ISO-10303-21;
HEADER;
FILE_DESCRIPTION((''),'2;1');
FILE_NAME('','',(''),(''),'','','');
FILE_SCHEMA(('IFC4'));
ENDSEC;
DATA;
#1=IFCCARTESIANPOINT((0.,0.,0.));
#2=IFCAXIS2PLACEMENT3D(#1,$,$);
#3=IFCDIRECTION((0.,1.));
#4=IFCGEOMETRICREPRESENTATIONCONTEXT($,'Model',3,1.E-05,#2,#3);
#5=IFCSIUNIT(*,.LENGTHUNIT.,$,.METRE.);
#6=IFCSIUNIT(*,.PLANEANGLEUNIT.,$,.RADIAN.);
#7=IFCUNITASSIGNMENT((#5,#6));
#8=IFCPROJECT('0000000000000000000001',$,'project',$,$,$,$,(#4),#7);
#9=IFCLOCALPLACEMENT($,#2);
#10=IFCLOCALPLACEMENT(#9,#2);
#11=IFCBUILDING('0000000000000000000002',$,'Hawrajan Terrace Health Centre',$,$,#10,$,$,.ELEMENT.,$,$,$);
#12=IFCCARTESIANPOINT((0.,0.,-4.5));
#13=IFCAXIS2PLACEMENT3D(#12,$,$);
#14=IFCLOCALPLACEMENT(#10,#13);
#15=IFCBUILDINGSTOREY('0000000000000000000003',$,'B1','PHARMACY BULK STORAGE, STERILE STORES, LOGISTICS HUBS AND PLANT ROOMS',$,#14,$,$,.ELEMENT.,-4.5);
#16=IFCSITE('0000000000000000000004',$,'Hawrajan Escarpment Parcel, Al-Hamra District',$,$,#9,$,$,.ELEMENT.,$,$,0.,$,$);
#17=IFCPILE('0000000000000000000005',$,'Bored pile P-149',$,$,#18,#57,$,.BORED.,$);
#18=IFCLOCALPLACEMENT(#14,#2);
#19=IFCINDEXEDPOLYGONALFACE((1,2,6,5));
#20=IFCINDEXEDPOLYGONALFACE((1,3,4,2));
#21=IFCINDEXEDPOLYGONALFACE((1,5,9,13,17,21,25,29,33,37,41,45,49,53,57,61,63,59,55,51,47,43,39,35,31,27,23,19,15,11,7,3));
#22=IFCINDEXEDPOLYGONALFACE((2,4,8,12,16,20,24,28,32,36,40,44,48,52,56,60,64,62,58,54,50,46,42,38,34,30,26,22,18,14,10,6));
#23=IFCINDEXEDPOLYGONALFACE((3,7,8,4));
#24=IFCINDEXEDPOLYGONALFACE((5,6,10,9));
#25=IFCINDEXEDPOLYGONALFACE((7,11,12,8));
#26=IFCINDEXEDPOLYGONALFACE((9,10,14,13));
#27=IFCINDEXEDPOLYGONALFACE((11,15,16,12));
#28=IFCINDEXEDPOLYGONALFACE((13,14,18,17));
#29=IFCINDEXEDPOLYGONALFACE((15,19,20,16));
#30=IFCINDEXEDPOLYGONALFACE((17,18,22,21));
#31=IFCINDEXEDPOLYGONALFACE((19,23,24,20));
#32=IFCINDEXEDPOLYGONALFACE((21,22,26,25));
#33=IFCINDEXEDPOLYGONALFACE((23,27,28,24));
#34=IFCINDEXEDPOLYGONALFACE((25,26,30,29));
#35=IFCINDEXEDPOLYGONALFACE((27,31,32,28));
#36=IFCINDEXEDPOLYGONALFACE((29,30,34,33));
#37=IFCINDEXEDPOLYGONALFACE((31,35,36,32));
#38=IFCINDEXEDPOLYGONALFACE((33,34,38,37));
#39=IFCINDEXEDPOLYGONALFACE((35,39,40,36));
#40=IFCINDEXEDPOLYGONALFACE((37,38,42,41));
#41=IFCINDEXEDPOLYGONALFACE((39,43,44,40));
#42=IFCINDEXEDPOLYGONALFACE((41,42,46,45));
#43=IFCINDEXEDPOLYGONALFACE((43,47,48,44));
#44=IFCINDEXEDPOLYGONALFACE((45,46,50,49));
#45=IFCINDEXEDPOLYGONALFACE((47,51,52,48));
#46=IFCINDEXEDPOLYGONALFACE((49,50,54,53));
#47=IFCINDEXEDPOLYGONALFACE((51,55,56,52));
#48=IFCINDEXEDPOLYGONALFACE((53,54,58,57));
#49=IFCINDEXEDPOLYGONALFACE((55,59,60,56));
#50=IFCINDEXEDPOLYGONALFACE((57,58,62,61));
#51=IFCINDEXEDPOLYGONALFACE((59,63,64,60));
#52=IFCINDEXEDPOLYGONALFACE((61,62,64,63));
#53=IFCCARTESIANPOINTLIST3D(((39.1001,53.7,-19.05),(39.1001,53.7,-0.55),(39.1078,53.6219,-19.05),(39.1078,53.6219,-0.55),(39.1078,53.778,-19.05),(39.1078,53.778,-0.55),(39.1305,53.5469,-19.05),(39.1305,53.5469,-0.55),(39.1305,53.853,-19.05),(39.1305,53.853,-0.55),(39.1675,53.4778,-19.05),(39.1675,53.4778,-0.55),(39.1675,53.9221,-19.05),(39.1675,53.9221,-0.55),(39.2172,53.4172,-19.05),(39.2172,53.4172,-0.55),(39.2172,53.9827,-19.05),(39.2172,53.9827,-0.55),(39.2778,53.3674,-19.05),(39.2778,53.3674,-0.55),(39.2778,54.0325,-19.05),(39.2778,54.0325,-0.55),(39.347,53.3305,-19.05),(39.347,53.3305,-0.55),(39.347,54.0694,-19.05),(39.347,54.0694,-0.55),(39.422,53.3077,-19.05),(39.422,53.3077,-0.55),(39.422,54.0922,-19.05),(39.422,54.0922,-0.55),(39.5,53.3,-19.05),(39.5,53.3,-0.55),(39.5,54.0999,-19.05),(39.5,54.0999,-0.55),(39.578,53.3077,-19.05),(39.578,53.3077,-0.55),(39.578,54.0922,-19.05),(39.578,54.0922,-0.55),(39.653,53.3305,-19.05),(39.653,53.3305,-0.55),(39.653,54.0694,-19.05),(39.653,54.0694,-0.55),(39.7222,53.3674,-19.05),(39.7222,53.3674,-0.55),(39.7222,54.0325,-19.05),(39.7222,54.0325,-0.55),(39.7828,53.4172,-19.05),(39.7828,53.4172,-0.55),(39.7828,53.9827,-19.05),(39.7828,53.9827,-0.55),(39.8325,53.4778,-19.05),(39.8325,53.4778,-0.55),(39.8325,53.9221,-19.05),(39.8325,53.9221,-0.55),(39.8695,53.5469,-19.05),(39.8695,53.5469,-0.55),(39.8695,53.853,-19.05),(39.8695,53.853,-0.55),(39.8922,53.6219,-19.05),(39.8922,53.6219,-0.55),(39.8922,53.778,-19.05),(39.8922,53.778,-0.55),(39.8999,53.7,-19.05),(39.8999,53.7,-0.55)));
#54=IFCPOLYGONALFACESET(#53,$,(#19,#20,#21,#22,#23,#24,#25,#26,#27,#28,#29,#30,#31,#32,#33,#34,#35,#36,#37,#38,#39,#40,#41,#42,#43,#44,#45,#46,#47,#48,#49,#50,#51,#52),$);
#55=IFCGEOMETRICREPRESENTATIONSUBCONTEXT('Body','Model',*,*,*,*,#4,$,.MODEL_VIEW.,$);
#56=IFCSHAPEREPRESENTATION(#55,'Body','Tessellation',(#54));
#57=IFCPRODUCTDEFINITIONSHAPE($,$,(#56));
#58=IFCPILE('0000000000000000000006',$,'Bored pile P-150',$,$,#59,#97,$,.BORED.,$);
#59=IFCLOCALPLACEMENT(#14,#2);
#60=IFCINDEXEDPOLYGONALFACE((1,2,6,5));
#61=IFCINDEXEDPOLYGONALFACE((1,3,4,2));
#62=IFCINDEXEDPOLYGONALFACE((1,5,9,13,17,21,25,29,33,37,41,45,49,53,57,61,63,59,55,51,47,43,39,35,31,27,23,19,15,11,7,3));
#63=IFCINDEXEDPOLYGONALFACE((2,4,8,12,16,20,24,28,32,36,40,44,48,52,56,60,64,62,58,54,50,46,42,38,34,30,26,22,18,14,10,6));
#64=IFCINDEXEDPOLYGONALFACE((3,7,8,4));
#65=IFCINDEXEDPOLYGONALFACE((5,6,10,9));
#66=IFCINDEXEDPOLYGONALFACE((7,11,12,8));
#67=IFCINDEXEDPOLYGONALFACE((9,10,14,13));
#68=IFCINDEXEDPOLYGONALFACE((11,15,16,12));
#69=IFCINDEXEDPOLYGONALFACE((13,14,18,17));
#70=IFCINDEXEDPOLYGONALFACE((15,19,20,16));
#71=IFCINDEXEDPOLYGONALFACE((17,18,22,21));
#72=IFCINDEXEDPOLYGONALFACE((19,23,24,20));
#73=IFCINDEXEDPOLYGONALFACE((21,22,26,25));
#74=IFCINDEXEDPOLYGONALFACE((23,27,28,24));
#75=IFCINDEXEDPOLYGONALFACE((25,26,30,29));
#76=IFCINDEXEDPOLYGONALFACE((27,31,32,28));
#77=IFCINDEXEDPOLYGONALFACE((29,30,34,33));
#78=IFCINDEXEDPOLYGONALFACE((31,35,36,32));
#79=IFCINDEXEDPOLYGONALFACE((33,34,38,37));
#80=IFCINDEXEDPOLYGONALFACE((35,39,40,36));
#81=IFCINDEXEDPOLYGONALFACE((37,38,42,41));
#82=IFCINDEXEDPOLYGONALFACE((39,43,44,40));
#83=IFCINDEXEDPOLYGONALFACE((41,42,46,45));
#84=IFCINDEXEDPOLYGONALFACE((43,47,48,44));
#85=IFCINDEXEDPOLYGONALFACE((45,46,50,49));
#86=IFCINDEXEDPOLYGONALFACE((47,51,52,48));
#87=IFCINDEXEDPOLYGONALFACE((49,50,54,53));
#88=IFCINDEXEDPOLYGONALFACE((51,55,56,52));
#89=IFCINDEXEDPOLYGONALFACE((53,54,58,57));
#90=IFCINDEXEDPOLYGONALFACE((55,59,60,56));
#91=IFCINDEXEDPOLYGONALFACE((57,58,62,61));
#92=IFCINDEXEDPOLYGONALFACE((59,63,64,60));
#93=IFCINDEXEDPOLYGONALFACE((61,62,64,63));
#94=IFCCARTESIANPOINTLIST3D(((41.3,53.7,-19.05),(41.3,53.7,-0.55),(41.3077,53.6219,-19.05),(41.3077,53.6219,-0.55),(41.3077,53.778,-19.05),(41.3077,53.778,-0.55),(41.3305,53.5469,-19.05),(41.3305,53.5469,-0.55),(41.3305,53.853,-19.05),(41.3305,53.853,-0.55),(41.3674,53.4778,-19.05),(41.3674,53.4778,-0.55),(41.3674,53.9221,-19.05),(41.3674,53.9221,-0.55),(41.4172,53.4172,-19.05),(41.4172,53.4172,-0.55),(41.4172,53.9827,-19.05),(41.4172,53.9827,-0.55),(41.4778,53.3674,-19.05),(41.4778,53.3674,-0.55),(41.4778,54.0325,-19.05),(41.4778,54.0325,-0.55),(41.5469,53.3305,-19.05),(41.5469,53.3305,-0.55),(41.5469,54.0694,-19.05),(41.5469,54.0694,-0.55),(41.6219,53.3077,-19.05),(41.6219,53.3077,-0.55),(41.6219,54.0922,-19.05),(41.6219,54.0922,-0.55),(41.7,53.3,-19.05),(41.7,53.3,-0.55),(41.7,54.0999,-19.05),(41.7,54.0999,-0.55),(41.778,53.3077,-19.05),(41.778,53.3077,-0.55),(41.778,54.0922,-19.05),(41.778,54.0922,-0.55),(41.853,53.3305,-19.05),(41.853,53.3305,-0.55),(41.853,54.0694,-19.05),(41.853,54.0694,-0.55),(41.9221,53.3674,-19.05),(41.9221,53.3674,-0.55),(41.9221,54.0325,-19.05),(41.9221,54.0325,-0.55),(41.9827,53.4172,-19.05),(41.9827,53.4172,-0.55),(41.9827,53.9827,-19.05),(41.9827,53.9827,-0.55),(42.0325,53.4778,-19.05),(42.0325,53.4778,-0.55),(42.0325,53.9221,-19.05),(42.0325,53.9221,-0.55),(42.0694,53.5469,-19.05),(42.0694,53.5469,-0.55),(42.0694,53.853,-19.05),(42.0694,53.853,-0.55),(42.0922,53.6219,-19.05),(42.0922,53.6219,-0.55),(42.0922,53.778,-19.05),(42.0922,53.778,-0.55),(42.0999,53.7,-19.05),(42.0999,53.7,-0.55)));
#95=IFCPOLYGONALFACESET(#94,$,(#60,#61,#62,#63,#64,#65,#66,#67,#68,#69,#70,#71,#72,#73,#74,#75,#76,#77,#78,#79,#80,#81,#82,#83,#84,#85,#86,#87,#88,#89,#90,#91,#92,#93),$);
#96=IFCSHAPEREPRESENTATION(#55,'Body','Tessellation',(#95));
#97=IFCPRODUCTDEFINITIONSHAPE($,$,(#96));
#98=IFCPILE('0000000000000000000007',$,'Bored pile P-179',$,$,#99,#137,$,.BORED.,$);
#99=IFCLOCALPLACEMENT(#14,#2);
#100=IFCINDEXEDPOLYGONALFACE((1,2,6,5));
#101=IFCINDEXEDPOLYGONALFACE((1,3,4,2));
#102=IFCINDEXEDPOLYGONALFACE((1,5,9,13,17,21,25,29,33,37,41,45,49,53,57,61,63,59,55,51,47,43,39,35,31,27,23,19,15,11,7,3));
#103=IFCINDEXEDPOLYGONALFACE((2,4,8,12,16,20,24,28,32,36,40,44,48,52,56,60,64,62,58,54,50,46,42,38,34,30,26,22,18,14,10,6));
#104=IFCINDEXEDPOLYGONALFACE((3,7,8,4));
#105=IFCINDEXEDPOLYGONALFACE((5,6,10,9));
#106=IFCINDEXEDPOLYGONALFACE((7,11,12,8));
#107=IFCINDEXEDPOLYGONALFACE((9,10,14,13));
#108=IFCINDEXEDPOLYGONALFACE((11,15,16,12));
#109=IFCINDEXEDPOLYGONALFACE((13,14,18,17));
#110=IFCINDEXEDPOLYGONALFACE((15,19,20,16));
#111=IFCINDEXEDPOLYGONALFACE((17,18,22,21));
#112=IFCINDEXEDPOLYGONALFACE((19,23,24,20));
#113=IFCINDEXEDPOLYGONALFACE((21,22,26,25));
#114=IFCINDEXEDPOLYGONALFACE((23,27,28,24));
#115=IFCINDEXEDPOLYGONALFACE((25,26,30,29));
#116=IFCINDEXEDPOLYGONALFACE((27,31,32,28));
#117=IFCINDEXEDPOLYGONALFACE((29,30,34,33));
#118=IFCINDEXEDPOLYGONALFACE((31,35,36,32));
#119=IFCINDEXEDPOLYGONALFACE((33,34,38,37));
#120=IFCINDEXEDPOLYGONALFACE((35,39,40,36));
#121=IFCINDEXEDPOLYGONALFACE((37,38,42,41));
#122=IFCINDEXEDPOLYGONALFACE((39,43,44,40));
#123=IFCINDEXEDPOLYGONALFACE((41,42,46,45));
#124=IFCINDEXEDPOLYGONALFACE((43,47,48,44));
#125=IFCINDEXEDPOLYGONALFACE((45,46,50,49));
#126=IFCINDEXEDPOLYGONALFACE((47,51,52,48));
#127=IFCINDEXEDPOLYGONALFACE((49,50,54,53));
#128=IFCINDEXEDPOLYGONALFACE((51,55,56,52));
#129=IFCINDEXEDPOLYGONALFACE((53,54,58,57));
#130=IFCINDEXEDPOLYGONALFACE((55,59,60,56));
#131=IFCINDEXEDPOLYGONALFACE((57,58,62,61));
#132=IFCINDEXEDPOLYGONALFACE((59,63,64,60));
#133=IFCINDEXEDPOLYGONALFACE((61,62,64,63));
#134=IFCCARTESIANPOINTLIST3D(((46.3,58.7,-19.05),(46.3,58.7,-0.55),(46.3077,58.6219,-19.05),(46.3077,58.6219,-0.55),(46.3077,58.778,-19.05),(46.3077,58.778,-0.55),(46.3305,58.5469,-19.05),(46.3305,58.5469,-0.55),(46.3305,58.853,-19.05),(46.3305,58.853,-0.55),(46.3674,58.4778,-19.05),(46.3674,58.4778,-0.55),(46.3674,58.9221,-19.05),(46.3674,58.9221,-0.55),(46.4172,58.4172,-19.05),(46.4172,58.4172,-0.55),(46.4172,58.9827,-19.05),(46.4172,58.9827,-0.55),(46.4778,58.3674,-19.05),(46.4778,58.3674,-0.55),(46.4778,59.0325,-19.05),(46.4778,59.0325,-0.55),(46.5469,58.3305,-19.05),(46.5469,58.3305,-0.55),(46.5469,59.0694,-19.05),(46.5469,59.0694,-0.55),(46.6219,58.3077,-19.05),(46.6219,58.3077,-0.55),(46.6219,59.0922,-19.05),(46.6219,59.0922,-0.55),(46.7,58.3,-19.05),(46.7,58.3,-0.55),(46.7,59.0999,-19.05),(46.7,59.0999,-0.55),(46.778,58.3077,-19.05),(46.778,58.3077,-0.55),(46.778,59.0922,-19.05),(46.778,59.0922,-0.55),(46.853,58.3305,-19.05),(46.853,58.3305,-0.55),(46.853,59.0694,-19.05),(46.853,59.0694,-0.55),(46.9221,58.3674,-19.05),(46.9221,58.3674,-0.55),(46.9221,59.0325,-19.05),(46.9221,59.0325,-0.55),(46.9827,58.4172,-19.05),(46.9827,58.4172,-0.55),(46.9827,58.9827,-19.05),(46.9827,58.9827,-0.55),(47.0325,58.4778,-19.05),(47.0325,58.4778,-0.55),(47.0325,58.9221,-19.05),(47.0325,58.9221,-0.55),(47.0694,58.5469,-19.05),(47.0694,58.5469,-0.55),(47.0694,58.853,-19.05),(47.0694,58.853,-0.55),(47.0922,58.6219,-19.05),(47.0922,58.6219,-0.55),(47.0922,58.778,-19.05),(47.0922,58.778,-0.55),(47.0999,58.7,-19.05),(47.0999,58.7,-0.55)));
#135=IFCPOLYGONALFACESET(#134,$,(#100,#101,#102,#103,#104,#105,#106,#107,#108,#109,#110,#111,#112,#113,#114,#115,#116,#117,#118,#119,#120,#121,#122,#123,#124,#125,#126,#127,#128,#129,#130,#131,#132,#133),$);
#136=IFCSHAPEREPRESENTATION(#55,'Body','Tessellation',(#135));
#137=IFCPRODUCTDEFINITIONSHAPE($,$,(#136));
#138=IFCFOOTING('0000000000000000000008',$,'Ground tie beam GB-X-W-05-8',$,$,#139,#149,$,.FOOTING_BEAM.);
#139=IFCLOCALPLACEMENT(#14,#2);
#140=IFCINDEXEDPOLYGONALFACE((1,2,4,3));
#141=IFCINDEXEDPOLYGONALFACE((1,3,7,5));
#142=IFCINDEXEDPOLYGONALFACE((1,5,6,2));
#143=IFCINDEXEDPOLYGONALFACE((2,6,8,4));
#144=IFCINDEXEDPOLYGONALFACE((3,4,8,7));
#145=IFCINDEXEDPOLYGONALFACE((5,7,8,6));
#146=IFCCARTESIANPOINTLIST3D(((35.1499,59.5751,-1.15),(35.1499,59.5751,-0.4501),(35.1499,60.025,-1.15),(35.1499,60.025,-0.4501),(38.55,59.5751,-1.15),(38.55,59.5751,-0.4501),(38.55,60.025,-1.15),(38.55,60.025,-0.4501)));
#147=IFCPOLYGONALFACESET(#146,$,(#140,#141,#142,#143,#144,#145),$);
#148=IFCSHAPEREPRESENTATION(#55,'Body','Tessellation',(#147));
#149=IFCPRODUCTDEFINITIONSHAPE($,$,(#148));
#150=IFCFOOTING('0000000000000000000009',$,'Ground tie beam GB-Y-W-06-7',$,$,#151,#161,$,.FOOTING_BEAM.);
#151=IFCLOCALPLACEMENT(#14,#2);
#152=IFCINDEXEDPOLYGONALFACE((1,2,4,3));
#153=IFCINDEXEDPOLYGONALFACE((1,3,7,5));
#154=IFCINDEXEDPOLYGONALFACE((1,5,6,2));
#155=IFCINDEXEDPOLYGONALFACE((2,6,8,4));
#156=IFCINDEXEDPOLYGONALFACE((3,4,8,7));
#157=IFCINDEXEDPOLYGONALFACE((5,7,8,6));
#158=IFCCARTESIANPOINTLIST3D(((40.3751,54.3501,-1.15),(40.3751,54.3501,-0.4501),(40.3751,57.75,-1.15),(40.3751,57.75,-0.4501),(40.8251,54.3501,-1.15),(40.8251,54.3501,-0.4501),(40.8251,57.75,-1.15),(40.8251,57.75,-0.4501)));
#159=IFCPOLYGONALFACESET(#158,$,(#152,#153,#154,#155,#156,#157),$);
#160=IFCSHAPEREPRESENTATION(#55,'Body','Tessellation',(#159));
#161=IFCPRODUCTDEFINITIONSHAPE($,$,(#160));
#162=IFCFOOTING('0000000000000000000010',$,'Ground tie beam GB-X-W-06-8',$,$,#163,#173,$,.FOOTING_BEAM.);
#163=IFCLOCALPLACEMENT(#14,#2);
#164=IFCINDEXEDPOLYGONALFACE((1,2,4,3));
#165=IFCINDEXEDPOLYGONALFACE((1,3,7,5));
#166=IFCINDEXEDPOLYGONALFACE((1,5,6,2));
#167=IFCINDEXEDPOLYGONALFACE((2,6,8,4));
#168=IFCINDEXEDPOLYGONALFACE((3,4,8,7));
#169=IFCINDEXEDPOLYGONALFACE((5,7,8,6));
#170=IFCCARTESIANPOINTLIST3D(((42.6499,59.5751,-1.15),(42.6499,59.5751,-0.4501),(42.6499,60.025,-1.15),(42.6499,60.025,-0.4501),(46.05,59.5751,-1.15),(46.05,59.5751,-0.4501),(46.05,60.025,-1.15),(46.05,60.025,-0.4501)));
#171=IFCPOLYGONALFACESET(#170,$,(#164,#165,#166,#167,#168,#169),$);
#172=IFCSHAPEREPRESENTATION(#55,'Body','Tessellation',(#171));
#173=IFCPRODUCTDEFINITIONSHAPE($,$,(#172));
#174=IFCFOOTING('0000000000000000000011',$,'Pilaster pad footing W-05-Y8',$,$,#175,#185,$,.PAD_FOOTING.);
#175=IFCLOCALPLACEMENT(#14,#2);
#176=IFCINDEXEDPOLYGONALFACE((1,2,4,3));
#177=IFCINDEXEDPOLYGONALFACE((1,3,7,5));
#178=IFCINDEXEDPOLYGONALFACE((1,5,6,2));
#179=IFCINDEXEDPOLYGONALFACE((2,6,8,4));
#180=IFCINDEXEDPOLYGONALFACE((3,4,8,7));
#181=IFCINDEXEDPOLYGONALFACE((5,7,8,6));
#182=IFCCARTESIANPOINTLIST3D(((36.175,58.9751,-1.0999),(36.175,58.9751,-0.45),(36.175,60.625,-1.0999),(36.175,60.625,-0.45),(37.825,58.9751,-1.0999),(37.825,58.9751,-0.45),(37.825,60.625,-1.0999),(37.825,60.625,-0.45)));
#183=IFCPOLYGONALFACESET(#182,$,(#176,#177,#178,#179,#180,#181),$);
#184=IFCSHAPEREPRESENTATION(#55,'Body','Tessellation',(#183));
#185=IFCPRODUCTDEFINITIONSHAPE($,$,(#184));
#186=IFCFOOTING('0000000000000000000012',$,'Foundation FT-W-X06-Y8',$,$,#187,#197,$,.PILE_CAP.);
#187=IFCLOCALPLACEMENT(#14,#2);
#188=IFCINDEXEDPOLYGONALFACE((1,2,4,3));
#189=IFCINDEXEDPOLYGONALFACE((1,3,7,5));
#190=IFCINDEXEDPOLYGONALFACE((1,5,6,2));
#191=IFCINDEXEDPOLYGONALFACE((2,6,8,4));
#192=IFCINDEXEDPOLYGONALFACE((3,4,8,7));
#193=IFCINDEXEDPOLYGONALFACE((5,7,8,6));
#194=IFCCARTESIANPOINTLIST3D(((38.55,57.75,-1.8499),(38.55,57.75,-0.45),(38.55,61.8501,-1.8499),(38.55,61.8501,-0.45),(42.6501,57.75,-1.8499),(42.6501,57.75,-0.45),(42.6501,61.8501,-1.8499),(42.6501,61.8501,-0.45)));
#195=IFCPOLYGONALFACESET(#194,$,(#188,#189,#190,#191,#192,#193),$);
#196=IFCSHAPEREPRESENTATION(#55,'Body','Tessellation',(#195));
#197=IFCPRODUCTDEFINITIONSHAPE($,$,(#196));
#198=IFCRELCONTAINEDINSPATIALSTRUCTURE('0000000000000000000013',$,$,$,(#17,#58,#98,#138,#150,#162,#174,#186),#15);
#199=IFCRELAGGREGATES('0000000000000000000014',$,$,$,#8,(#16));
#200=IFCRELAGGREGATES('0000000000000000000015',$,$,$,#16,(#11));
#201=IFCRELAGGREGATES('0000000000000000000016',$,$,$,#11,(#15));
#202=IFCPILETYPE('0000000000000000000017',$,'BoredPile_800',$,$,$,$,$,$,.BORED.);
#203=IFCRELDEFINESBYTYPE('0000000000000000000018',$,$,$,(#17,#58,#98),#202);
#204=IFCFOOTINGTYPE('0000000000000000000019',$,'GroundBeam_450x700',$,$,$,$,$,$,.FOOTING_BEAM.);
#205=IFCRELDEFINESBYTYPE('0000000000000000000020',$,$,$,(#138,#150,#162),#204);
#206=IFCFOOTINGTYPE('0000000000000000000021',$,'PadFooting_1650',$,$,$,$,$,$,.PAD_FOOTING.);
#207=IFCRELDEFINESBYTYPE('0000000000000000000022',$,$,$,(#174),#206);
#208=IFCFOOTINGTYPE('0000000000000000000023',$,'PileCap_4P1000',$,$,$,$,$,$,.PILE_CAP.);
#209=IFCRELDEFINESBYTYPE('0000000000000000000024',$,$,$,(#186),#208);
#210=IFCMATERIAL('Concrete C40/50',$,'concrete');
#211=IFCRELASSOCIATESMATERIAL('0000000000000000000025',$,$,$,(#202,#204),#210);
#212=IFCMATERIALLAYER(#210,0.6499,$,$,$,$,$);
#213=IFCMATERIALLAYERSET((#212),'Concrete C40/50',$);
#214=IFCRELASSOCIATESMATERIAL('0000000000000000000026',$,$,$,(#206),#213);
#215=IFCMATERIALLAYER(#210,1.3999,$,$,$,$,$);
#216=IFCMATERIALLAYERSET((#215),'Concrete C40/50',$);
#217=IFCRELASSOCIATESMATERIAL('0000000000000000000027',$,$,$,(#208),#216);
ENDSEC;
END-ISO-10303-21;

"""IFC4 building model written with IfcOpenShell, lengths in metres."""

from ifc_helpers import new_model, si_unit, direction, frame, origin, origin_2d, place, context, subcontext, project, spatial, rectangle, circle, extrude, material, layer, layer_set, material_profile, profile_set, type_object, element, save


model = new_model("IFC4")

# Units and contexts
model_context = context("Model", 3, precision=1e-05, world=origin(), true_north=direction((0.0, 1.0)))
body_context = subcontext(model_context, "Body", "Model", "MODEL_VIEW")
ifc_project = project(units=[si_unit("LENGTHUNIT", "METRE"), si_unit("PLANEANGLEUNIT", "RADIAN")], contexts=[model_context])

# Site, building, storey
site_placement = place(None, origin())
site = spatial("IfcSite", under=ifc_project, at=site_placement, Name="Hawrajan Escarpment Parcel, Al-Hamra District", CompositionType="ELEMENT", RefElevation=0.0)
building_placement = place(site_placement, origin())
building = spatial("IfcBuilding", under=site, at=building_placement, Name="Hawrajan Terrace Health Centre", CompositionType="ELEMENT")
storey_placement = place(building_placement, frame((0.0, 0.0, -4.5)))
storey = spatial("IfcBuildingStorey", under=building, at=storey_placement, Name="B1", Description="PHARMACY BULK STORAGE, STERILE STORES, LOGISTICS HUBS AND PLANT ROOMS", CompositionType="ELEMENT", Elevation=-4.5)

# Piles
ifc_material_1 = material(Name="Concrete C40/50", Category="concrete")
ifc_material_profile_1 = material_profile(ifc_material_1, circle(Radius=0.3999, at=origin_2d()), Name="BP 800")
ifc_profile_set_1 = profile_set([ifc_material_profile_1], Name="Concrete C40/50")
pile_type_1 = type_object("IfcPileType", Name="BoredPile_800", PredefinedType="BORED", material=ifc_profile_set_1)
for number, where, z_axis, x_axis, name in (
    (1, (39.5, 53.7, -0.55), (0.0, 0.0, -1.0), (1.0, 0.0, 0.0), "Bored pile P-149"),
    (2, (41.7, 53.7, -0.55), (0.0, 0.0, -1.0), (1.0, 0.0, 0.0), "Bored pile P-150"),
    (3, (46.7, 58.7, -0.55), (0.0, 0.0, -1.0), (1.0, 0.0, 0.0), "Bored pile P-179"),
):
    element("IfcPile", number, at=place(storey_placement, frame(where, z_axis=z_axis, x_axis=x_axis)), inside=storey, type_object=pile_type_1, Name=name, PredefinedType="BORED", context=body_context, shape_type="SweptSolid", body=[
        extrude(circle(Radius=0.3999, at=origin_2d()), origin(), (0.0, 0.0, 1.0), 18.5),
    ])

# Footings
ifc_material_profile_2 = material_profile(ifc_material_1, rectangle(XDim=0.45, YDim=0.7, at=origin_2d()), Name="RC BM 450x700")
ifc_profile_set_2 = profile_set([ifc_material_profile_2], Name="Concrete C40/50")
footing_type_1 = type_object("IfcFootingType", Name="GroundBeam_450x700", PredefinedType="FOOTING_BEAM", material=ifc_profile_set_2)
footing_1_placement = place(storey_placement, frame((35.1499, 59.8, -0.8), z_axis=(1.0, 0.0, 0.0), x_axis=(0.0, 1.0, 0.0)))
element("IfcFooting", 4, at=footing_1_placement, inside=storey, type_object=footing_type_1, Name="Ground tie beam GB-X-W-05-8", PredefinedType="FOOTING_BEAM", context=body_context, shape_type="SweptSolid", body=[
    extrude(rectangle(XDim=0.45, YDim=0.7, at=origin_2d()), origin(), (0.0, 0.0, 1.0), 3.4001),
])
footing_2_placement = place(storey_placement, frame((40.6001, 54.3501, -0.8), z_axis=(0.0, 1.0, 0.0), x_axis=(-1.0, 0.0, 0.0)))
element("IfcFooting", 5, at=footing_2_placement, inside=storey, type_object=footing_type_1, Name="Ground tie beam GB-Y-W-06-7", PredefinedType="FOOTING_BEAM", context=body_context, shape_type="SweptSolid", body=[
    extrude(rectangle(XDim=0.45, YDim=0.7, at=origin_2d()), origin(), (0.0, 0.0, 1.0), 3.3999),
])
footing_3_placement = place(storey_placement, frame((42.6499, 59.8, -0.8), z_axis=(1.0, 0.0, 0.0), x_axis=(0.0, 1.0, 0.0)))
element("IfcFooting", 6, at=footing_3_placement, inside=storey, type_object=footing_type_1, Name="Ground tie beam GB-X-W-06-8", PredefinedType="FOOTING_BEAM", context=body_context, shape_type="SweptSolid", body=[
    extrude(rectangle(XDim=0.45, YDim=0.7, at=origin_2d()), origin(), (0.0, 0.0, 1.0), 3.4001),
])
ifc_layer_1 = layer(ifc_material_1, 0.6499)
ifc_layer_set_1 = layer_set([ifc_layer_1], Name="Concrete C40/50")
footing_type_2 = type_object("IfcFootingType", Name="PadFooting_1650", PredefinedType="PAD_FOOTING", material=ifc_layer_set_1)
footing_4_placement = place(storey_placement, frame((37.0, 59.8, -1.0999), z_axis=(0.0, 0.0, 1.0), x_axis=(1.0, 0.0, 0.0)))
element("IfcFooting", 7, at=footing_4_placement, inside=storey, type_object=footing_type_2, Name="Pilaster pad footing W-05-Y8", PredefinedType="PAD_FOOTING", context=body_context, shape_type="SweptSolid", body=[
    extrude(rectangle(XDim=1.6499, YDim=1.6499, at=origin_2d()), origin(), (0.0, 0.0, 1.0), 0.6499),
])
ifc_layer_2 = layer(ifc_material_1, 1.3999)
ifc_layer_set_2 = layer_set([ifc_layer_2], Name="Concrete C40/50")
footing_type_3 = type_object("IfcFootingType", Name="PileCap_4P1000", PredefinedType="PILE_CAP", material=ifc_layer_set_2)
footing_5_placement = place(storey_placement, frame((40.6001, 59.8, -1.8499), z_axis=(0.0, 0.0, 1.0), x_axis=(1.0, 0.0, 0.0)))
element("IfcFooting", 8, at=footing_5_placement, inside=storey, type_object=footing_type_3, Name="Foundation FT-W-X06-Y8", PredefinedType="PILE_CAP", context=body_context, shape_type="SweptSolid", body=[
    extrude(rectangle(XDim=4.1001, YDim=4.1001, at=origin_2d()), origin(), (0.0, 0.0, 1.0), 1.3999),
])

save(model, "model.ifc")
